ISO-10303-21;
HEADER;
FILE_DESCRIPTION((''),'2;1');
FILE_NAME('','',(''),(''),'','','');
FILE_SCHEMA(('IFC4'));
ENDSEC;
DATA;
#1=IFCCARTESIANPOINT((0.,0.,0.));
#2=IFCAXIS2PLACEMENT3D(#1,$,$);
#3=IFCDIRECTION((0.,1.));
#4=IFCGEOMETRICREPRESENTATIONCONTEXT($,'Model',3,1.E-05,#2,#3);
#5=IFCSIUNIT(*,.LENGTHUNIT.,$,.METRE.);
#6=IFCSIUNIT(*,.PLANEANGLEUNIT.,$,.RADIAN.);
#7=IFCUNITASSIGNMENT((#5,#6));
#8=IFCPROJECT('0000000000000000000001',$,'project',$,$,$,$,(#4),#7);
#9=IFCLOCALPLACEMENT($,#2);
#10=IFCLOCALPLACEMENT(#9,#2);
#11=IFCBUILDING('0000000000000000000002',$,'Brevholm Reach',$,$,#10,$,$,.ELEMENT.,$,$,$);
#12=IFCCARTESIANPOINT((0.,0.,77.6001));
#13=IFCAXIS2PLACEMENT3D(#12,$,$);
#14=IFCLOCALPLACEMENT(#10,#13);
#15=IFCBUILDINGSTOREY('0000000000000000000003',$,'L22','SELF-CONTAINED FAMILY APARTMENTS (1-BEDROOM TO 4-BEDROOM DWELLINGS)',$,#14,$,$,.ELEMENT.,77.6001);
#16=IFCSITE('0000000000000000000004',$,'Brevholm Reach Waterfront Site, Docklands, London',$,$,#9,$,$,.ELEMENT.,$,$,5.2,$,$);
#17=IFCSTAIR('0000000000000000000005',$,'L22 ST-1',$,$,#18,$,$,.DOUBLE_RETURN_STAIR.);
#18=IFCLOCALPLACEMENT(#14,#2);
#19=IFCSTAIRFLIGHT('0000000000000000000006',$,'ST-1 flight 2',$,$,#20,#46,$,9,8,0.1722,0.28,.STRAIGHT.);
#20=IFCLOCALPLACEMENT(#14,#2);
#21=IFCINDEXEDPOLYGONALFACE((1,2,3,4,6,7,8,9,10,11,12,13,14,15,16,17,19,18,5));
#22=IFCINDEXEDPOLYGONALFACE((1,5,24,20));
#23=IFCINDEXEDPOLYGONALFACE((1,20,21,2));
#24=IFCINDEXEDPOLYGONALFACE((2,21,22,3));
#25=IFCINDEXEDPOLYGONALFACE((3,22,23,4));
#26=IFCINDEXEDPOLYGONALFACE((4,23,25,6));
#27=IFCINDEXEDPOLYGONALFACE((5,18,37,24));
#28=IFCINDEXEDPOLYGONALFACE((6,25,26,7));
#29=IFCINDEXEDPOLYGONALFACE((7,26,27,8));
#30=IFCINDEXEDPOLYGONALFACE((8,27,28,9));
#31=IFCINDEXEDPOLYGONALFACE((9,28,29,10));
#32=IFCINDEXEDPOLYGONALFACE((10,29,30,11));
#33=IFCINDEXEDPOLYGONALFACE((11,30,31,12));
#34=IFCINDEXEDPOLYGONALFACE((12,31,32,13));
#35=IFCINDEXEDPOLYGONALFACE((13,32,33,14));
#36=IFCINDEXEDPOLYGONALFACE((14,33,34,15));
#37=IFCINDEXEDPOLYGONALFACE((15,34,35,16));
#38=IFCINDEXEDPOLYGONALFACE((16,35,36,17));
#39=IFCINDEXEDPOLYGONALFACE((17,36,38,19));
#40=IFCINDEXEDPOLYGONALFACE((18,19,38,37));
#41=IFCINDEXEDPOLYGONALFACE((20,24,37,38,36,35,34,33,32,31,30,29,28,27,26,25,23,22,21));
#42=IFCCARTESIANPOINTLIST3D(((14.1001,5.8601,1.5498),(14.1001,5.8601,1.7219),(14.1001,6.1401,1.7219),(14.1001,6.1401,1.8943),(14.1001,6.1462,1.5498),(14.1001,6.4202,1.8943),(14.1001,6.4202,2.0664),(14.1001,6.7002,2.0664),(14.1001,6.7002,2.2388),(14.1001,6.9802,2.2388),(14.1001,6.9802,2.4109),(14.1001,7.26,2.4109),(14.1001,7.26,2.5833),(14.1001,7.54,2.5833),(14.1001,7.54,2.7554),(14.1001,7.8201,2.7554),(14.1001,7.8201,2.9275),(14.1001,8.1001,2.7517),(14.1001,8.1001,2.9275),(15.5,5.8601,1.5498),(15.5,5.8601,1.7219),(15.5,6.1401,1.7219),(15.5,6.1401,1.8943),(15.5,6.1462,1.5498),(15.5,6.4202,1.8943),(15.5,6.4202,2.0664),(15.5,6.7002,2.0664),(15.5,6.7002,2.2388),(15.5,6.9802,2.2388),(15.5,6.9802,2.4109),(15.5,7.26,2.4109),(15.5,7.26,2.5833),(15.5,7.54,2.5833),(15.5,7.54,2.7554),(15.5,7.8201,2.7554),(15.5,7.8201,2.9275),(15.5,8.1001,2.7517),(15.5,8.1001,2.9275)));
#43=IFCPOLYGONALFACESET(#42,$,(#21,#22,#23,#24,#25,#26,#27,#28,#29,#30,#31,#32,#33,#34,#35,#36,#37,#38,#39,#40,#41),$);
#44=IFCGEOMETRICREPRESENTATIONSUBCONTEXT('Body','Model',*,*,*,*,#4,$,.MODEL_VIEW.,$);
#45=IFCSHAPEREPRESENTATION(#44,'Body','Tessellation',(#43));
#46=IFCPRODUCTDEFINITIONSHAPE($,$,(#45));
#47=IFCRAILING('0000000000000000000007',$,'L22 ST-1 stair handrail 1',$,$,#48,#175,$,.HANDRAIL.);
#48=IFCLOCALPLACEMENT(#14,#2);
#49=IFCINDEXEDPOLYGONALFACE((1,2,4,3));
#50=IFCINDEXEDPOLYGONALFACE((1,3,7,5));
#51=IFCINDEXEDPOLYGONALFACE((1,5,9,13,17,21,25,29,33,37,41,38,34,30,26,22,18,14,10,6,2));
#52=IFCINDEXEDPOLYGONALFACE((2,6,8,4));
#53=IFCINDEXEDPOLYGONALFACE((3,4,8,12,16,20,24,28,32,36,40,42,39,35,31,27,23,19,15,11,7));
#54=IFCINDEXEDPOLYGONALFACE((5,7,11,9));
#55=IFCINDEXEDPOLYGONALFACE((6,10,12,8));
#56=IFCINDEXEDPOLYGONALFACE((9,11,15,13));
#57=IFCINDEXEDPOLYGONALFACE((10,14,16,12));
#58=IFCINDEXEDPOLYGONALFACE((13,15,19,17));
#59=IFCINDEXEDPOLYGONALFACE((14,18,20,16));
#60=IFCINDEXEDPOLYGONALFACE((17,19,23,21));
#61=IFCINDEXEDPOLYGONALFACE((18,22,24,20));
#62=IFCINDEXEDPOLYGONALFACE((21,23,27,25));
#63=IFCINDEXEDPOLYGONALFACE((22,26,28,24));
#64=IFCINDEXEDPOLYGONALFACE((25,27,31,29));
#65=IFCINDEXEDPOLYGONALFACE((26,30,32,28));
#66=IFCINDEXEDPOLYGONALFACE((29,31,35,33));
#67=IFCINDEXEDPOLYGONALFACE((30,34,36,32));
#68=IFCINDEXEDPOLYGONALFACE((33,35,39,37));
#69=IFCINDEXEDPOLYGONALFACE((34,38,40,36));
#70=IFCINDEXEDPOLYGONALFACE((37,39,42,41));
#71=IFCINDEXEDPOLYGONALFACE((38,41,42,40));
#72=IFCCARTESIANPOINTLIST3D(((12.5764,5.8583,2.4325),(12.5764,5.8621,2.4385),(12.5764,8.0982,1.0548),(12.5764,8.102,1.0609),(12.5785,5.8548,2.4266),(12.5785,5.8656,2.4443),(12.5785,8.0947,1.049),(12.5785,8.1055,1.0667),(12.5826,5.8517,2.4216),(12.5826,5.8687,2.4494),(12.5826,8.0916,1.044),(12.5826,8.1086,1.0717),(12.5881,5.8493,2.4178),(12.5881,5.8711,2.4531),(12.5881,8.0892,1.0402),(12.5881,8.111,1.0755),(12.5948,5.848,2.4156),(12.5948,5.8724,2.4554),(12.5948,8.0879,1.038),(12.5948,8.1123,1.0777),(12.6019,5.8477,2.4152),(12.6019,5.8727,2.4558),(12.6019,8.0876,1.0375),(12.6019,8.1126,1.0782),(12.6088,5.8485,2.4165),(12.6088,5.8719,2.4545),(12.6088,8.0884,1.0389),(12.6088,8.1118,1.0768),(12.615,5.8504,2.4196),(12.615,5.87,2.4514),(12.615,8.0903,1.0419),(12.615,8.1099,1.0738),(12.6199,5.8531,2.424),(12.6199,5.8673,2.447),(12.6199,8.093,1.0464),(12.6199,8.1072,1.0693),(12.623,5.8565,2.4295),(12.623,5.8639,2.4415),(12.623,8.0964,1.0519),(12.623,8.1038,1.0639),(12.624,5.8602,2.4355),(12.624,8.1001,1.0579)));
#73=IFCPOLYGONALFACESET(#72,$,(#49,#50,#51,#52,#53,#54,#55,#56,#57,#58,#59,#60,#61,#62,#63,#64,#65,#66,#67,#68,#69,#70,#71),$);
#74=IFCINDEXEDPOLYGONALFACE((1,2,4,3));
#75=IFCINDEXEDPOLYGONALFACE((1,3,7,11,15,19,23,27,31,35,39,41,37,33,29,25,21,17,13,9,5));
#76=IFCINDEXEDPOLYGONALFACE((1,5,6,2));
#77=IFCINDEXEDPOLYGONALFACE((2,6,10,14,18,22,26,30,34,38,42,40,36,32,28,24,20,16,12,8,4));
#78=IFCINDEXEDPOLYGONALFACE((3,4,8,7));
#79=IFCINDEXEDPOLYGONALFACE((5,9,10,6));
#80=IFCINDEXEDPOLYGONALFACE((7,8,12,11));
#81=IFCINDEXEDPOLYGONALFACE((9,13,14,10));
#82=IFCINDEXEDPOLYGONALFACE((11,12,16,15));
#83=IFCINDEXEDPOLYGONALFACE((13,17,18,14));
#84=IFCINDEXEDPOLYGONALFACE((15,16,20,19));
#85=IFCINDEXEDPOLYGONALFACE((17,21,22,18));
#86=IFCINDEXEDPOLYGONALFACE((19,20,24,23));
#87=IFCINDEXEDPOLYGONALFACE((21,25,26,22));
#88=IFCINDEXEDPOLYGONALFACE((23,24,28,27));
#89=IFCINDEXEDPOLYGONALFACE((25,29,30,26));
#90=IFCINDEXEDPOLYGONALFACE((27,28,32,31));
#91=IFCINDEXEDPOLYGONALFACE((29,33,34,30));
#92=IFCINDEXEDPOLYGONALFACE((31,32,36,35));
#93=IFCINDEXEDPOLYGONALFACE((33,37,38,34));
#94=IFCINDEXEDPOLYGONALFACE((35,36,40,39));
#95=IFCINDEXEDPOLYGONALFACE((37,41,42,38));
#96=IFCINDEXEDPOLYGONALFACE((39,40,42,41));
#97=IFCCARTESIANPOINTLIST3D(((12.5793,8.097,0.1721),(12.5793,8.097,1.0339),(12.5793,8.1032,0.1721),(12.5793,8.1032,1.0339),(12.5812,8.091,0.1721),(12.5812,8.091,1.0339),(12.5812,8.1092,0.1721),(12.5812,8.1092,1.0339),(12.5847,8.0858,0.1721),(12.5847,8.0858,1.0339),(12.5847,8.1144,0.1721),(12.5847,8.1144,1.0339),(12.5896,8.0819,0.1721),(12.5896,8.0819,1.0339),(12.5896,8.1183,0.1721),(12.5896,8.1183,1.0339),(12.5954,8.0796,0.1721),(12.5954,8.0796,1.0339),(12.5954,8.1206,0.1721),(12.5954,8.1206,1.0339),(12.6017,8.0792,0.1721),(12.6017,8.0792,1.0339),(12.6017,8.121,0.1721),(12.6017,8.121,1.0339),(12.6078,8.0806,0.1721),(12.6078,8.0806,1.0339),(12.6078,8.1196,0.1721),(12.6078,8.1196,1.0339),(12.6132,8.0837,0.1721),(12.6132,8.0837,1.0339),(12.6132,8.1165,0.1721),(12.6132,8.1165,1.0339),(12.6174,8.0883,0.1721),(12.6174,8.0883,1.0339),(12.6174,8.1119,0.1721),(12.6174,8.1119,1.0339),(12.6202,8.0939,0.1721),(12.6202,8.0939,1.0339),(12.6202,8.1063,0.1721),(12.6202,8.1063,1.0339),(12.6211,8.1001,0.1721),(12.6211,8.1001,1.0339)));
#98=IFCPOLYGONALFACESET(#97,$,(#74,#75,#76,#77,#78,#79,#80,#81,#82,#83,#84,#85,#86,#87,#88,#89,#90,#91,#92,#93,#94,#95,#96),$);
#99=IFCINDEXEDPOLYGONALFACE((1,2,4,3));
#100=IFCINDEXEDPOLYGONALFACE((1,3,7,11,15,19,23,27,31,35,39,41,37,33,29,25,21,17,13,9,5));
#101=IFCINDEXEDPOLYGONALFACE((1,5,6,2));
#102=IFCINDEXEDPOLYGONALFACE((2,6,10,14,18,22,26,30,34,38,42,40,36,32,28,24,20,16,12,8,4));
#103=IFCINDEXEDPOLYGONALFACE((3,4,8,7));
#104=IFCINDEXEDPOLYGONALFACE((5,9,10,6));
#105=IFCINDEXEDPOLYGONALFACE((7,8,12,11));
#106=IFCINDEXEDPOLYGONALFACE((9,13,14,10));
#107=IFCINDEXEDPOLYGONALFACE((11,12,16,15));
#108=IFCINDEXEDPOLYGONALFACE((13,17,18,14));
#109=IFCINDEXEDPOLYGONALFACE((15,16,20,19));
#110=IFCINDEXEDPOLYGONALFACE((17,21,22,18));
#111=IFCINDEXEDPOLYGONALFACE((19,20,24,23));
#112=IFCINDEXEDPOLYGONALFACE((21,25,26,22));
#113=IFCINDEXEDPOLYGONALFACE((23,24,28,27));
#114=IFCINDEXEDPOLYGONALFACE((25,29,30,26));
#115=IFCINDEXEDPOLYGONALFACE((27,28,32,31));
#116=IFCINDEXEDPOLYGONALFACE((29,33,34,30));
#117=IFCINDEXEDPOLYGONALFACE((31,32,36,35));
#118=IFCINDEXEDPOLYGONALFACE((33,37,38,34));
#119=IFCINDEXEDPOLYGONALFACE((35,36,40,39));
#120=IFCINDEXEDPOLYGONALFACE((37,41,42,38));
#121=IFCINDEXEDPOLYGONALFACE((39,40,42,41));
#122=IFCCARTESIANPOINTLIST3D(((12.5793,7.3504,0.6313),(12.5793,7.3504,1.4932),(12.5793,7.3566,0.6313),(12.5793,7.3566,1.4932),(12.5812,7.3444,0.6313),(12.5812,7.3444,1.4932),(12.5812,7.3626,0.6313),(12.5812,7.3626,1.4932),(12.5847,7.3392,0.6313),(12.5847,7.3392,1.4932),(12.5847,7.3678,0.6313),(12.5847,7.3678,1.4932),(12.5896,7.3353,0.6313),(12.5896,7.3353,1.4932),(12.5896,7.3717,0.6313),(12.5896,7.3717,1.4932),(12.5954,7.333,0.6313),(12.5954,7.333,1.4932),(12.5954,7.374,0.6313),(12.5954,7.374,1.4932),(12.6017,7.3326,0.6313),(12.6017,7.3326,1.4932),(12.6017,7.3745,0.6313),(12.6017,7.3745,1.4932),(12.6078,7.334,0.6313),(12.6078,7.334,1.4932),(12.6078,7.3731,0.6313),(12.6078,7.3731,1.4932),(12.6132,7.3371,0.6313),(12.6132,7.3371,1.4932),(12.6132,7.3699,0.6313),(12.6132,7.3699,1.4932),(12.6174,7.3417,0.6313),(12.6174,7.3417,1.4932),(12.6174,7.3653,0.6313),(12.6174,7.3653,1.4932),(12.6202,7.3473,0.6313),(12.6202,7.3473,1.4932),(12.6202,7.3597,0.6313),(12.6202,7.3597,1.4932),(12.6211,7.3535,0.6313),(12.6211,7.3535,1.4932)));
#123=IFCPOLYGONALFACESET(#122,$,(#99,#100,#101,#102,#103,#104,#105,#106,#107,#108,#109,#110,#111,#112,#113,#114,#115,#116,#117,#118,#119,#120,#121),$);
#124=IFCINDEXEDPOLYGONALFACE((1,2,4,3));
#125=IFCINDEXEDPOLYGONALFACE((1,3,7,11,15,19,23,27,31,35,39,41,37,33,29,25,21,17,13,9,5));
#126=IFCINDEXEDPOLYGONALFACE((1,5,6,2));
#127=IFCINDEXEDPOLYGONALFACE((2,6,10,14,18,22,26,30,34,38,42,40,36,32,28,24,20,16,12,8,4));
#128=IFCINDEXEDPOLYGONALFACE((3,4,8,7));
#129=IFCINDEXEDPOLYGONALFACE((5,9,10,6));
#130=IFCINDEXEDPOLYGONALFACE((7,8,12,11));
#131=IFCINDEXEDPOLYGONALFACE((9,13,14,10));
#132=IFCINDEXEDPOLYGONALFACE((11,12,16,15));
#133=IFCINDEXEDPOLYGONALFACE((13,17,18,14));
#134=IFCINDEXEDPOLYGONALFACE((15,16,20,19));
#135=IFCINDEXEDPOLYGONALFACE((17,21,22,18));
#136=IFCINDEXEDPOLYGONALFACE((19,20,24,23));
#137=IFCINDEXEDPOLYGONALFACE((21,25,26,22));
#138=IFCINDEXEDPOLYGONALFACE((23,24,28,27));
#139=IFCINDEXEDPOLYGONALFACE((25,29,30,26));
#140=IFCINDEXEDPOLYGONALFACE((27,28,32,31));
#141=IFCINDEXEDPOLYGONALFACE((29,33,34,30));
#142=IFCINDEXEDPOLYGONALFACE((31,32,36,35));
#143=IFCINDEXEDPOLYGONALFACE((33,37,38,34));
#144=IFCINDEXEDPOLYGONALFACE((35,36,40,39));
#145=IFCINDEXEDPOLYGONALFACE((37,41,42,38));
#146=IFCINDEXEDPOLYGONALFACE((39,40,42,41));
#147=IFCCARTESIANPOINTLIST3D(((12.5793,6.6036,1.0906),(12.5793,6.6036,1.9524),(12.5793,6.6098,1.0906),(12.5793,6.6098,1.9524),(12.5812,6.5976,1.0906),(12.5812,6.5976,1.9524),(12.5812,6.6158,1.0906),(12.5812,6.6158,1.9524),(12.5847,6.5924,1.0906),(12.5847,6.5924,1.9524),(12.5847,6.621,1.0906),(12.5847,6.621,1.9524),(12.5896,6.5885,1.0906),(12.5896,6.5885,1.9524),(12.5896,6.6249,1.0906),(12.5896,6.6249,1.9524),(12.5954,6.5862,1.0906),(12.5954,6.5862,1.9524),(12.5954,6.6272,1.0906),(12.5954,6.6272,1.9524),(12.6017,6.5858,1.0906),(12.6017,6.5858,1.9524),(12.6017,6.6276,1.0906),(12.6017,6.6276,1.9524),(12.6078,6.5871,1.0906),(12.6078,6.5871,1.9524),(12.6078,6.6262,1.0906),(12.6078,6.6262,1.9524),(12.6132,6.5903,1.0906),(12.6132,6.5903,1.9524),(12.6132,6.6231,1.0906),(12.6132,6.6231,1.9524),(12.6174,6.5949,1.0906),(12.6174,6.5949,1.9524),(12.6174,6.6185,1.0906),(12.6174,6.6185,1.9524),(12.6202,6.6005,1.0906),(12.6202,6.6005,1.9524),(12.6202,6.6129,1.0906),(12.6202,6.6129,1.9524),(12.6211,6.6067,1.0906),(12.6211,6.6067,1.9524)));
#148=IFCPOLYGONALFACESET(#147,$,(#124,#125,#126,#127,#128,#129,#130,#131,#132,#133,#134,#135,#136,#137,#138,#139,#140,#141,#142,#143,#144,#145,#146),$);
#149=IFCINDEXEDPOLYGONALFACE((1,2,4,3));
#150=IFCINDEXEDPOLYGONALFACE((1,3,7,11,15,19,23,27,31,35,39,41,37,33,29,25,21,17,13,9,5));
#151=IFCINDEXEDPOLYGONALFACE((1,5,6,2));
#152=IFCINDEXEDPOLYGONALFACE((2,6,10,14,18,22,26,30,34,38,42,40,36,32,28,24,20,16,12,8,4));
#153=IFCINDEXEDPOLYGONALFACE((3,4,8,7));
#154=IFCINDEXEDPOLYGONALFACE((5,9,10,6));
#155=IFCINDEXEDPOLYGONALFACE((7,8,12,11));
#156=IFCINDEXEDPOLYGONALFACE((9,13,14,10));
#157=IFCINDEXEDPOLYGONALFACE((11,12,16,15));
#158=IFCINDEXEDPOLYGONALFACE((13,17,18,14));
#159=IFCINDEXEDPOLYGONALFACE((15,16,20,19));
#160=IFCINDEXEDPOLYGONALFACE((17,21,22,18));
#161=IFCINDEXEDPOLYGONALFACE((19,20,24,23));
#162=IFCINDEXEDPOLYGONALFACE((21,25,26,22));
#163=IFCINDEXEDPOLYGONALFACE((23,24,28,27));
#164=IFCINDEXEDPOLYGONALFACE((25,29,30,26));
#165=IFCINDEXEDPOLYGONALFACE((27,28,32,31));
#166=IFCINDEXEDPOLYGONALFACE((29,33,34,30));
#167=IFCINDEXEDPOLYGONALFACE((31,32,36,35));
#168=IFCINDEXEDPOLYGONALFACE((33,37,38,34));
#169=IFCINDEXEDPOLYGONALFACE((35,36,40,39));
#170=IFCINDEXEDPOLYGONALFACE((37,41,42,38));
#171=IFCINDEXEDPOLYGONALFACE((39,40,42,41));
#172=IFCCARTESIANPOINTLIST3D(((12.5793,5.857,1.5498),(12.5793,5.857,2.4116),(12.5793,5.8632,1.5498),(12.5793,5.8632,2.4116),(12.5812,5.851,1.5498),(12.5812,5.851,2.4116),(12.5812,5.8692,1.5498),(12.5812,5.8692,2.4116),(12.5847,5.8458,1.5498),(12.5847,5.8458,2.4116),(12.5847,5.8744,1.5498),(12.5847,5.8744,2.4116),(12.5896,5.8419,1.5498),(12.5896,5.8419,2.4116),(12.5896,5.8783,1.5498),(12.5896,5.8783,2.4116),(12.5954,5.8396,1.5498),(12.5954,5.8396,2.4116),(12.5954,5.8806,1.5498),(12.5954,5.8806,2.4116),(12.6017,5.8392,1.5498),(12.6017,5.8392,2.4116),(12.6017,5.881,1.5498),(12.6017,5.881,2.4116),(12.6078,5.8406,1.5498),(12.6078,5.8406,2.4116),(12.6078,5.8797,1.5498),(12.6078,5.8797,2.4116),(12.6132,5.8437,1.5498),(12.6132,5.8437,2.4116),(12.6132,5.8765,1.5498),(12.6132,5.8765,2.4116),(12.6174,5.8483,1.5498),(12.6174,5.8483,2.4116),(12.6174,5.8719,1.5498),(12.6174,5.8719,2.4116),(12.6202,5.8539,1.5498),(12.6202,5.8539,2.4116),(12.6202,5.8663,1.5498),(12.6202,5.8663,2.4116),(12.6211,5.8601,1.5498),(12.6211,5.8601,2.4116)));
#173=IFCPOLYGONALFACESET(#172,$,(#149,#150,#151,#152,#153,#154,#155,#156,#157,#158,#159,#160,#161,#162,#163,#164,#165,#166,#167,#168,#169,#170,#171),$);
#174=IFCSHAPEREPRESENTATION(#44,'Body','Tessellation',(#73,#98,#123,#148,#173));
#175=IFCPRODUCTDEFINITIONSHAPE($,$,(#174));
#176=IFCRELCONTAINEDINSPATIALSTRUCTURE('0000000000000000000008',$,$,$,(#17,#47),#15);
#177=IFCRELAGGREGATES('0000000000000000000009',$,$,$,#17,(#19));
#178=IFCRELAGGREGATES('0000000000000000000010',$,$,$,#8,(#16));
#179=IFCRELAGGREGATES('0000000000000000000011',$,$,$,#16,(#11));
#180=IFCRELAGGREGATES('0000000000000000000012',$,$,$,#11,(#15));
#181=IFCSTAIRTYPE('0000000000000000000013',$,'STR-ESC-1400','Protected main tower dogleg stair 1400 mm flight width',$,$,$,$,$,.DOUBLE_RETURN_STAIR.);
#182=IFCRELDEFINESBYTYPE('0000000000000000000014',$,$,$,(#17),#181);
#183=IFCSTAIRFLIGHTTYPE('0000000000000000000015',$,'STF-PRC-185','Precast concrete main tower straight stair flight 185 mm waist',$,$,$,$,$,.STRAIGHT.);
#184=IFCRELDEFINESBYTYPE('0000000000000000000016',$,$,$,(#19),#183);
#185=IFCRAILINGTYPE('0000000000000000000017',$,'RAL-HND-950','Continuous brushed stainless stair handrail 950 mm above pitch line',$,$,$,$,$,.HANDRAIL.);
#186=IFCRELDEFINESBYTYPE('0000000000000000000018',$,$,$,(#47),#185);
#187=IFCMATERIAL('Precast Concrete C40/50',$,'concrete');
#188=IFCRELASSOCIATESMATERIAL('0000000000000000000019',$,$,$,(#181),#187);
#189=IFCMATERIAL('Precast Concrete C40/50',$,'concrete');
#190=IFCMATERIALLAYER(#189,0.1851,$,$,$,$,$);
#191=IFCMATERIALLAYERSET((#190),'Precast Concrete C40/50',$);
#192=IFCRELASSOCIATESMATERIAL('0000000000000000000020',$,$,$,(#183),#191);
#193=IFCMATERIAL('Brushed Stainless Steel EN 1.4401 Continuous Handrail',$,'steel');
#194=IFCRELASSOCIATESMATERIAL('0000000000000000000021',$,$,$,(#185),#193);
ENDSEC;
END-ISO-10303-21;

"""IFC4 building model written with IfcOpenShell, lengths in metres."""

from ifc_helpers import new_model, si_unit, direction, frame, origin, origin_2d, place, context, subcontext, project, spatial, polyline, circle, outline, extrude, material, layer, layer_set, type_object, element, aggregate, save


model = new_model("IFC4")

# Units and contexts
model_context = context("Model", 3, precision=1e-05, world=origin(), true_north=direction((0.0, 1.0)))
body_context = subcontext(model_context, "Body", "Model", "MODEL_VIEW")
ifc_project = project(units=[si_unit("LENGTHUNIT", "METRE"), si_unit("PLANEANGLEUNIT", "RADIAN")], contexts=[model_context])

# Site, building, storey
site_placement = place(None, origin())
site = spatial("IfcSite", under=ifc_project, at=site_placement, Name="Brevholm Reach Waterfront Site, Docklands, London", CompositionType="ELEMENT", RefElevation=5.2)
building_placement = place(site_placement, origin())
building = spatial("IfcBuilding", under=site, at=building_placement, Name="Brevholm Reach", CompositionType="ELEMENT")
storey_placement = place(building_placement, frame((0.0, 0.0, 77.6001)))
storey = spatial("IfcBuildingStorey", under=building, at=storey_placement, Name="L22", Description="SELF-CONTAINED FAMILY APARTMENTS (1-BEDROOM TO 4-BEDROOM DWELLINGS)", CompositionType="ELEMENT", Elevation=77.6001)

# Stair, stair flight
ifc_material_1 = material(Name="Precast Concrete C40/50", Category="concrete")
stair_type = type_object("IfcStairType", Name="STR-ESC-1400", Description="Protected main tower dogleg stair 1400 mm flight width", PredefinedType="DOUBLE_RETURN_STAIR", material=ifc_material_1)
stair_placement = place(storey_placement, origin())
stair = element("IfcStair", 1, at=stair_placement, inside=storey, type_object=stair_type, Name="L22 ST-1", PredefinedType="DOUBLE_RETURN_STAIR")
ifc_material_2 = material(Name="Precast Concrete C40/50", Category="concrete")
ifc_layer_1 = layer(ifc_material_2, 0.1851)
ifc_layer_set_1 = layer_set([ifc_layer_1], Name="Precast Concrete C40/50")
stair_flight_type = type_object("IfcStairFlightType", Name="STF-PRC-185", Description="Precast concrete main tower straight stair flight 185 mm waist", PredefinedType="STRAIGHT", material=ifc_layer_set_1)
stair_flight_placement = place(storey_placement, frame((14.8, 5.8601, 1.5498), z_axis=(0.0, 0.0, 1.0), x_axis=(0.0, 1.0, 0.0)))
stair_flight = element("IfcStairFlight", 2, at=stair_flight_placement, type_object=stair_flight_type, Name="ST-1 flight 2", NumberOfRisers=9, NumberOfTreads=8, PredefinedType="STRAIGHT", RiserHeight=0.1722, TreadLength=0.28, context=body_context, shape_type="SweptSolid", body=[
    extrude(outline(polyline([(0.0, 0.0), (0.0, 0.1721), (0.28, 0.1721), (0.28, 0.3445), (0.5601, 0.3445), (0.5601, 0.5166), (0.8401, 0.5166), (0.8401, 0.689), (1.1201, 0.689), (1.1201, 0.8611), (1.3999, 0.8611), (1.3999, 1.0334), (1.6799, 1.0334), (1.6799, 1.2056), (1.96, 1.2056), (1.96, 1.3777), (2.24, 1.3777), (2.24, 1.55), (2.24, 1.2019), (0.2861, 0.0), (0.0, 0.0)])), frame((0.0, 0.7, 0.0), z_axis=(0.0, -1.0, 0.0), x_axis=(1.0, 0.0, 0.0)), (0.0, 0.0, 1.0), 1.3999),
])
aggregate(stair, [stair_flight])

# Railing
ifc_material_3 = material(Name="Brushed Stainless Steel EN 1.4401 Continuous Handrail", Category="steel")
railing_type_1 = type_object("IfcRailingType", Name="RAL-HND-950", Description="Continuous brushed stainless stair handrail 950 mm above pitch line", PredefinedType="HANDRAIL", material=ifc_material_3)
railing_1_placement = place(storey_placement, frame((12.6001, 8.1001, 0.1721)))
element("IfcRailing", 3, at=railing_1_placement, inside=storey, type_object=railing_type_1, Name="L22 ST-1 stair handrail 1", PredefinedType="HANDRAIL", context=body_context, shape_type="SweptSolid", body=[
    extrude(circle(Radius=0.0239, at=origin_2d()), frame((0.0, 0.0, 0.8857), z_axis=(0.0, -0.851789, 0.523885), x_axis=(1.0, 0.0, 0.0)), (0.0, 0.0, 1.0), 2.6296),
    extrude(circle(Radius=0.021, at=origin_2d()), origin(), (0.0, 0.0, 1.0), 0.8618),
    extrude(circle(Radius=0.021, at=origin_2d()), frame((0.0, -0.7466, 0.4592)), (0.0, 0.0, 1.0), 0.8618),
    extrude(circle(Radius=0.021, at=origin_2d()), frame((0.0, -1.4934, 0.9185)), (0.0, 0.0, 1.0), 0.8618),
    extrude(circle(Radius=0.021, at=origin_2d()), frame((0.0, -2.24, 1.3777)), (0.0, 0.0, 1.0), 0.8618),
])

save(model, "model.ifc")
